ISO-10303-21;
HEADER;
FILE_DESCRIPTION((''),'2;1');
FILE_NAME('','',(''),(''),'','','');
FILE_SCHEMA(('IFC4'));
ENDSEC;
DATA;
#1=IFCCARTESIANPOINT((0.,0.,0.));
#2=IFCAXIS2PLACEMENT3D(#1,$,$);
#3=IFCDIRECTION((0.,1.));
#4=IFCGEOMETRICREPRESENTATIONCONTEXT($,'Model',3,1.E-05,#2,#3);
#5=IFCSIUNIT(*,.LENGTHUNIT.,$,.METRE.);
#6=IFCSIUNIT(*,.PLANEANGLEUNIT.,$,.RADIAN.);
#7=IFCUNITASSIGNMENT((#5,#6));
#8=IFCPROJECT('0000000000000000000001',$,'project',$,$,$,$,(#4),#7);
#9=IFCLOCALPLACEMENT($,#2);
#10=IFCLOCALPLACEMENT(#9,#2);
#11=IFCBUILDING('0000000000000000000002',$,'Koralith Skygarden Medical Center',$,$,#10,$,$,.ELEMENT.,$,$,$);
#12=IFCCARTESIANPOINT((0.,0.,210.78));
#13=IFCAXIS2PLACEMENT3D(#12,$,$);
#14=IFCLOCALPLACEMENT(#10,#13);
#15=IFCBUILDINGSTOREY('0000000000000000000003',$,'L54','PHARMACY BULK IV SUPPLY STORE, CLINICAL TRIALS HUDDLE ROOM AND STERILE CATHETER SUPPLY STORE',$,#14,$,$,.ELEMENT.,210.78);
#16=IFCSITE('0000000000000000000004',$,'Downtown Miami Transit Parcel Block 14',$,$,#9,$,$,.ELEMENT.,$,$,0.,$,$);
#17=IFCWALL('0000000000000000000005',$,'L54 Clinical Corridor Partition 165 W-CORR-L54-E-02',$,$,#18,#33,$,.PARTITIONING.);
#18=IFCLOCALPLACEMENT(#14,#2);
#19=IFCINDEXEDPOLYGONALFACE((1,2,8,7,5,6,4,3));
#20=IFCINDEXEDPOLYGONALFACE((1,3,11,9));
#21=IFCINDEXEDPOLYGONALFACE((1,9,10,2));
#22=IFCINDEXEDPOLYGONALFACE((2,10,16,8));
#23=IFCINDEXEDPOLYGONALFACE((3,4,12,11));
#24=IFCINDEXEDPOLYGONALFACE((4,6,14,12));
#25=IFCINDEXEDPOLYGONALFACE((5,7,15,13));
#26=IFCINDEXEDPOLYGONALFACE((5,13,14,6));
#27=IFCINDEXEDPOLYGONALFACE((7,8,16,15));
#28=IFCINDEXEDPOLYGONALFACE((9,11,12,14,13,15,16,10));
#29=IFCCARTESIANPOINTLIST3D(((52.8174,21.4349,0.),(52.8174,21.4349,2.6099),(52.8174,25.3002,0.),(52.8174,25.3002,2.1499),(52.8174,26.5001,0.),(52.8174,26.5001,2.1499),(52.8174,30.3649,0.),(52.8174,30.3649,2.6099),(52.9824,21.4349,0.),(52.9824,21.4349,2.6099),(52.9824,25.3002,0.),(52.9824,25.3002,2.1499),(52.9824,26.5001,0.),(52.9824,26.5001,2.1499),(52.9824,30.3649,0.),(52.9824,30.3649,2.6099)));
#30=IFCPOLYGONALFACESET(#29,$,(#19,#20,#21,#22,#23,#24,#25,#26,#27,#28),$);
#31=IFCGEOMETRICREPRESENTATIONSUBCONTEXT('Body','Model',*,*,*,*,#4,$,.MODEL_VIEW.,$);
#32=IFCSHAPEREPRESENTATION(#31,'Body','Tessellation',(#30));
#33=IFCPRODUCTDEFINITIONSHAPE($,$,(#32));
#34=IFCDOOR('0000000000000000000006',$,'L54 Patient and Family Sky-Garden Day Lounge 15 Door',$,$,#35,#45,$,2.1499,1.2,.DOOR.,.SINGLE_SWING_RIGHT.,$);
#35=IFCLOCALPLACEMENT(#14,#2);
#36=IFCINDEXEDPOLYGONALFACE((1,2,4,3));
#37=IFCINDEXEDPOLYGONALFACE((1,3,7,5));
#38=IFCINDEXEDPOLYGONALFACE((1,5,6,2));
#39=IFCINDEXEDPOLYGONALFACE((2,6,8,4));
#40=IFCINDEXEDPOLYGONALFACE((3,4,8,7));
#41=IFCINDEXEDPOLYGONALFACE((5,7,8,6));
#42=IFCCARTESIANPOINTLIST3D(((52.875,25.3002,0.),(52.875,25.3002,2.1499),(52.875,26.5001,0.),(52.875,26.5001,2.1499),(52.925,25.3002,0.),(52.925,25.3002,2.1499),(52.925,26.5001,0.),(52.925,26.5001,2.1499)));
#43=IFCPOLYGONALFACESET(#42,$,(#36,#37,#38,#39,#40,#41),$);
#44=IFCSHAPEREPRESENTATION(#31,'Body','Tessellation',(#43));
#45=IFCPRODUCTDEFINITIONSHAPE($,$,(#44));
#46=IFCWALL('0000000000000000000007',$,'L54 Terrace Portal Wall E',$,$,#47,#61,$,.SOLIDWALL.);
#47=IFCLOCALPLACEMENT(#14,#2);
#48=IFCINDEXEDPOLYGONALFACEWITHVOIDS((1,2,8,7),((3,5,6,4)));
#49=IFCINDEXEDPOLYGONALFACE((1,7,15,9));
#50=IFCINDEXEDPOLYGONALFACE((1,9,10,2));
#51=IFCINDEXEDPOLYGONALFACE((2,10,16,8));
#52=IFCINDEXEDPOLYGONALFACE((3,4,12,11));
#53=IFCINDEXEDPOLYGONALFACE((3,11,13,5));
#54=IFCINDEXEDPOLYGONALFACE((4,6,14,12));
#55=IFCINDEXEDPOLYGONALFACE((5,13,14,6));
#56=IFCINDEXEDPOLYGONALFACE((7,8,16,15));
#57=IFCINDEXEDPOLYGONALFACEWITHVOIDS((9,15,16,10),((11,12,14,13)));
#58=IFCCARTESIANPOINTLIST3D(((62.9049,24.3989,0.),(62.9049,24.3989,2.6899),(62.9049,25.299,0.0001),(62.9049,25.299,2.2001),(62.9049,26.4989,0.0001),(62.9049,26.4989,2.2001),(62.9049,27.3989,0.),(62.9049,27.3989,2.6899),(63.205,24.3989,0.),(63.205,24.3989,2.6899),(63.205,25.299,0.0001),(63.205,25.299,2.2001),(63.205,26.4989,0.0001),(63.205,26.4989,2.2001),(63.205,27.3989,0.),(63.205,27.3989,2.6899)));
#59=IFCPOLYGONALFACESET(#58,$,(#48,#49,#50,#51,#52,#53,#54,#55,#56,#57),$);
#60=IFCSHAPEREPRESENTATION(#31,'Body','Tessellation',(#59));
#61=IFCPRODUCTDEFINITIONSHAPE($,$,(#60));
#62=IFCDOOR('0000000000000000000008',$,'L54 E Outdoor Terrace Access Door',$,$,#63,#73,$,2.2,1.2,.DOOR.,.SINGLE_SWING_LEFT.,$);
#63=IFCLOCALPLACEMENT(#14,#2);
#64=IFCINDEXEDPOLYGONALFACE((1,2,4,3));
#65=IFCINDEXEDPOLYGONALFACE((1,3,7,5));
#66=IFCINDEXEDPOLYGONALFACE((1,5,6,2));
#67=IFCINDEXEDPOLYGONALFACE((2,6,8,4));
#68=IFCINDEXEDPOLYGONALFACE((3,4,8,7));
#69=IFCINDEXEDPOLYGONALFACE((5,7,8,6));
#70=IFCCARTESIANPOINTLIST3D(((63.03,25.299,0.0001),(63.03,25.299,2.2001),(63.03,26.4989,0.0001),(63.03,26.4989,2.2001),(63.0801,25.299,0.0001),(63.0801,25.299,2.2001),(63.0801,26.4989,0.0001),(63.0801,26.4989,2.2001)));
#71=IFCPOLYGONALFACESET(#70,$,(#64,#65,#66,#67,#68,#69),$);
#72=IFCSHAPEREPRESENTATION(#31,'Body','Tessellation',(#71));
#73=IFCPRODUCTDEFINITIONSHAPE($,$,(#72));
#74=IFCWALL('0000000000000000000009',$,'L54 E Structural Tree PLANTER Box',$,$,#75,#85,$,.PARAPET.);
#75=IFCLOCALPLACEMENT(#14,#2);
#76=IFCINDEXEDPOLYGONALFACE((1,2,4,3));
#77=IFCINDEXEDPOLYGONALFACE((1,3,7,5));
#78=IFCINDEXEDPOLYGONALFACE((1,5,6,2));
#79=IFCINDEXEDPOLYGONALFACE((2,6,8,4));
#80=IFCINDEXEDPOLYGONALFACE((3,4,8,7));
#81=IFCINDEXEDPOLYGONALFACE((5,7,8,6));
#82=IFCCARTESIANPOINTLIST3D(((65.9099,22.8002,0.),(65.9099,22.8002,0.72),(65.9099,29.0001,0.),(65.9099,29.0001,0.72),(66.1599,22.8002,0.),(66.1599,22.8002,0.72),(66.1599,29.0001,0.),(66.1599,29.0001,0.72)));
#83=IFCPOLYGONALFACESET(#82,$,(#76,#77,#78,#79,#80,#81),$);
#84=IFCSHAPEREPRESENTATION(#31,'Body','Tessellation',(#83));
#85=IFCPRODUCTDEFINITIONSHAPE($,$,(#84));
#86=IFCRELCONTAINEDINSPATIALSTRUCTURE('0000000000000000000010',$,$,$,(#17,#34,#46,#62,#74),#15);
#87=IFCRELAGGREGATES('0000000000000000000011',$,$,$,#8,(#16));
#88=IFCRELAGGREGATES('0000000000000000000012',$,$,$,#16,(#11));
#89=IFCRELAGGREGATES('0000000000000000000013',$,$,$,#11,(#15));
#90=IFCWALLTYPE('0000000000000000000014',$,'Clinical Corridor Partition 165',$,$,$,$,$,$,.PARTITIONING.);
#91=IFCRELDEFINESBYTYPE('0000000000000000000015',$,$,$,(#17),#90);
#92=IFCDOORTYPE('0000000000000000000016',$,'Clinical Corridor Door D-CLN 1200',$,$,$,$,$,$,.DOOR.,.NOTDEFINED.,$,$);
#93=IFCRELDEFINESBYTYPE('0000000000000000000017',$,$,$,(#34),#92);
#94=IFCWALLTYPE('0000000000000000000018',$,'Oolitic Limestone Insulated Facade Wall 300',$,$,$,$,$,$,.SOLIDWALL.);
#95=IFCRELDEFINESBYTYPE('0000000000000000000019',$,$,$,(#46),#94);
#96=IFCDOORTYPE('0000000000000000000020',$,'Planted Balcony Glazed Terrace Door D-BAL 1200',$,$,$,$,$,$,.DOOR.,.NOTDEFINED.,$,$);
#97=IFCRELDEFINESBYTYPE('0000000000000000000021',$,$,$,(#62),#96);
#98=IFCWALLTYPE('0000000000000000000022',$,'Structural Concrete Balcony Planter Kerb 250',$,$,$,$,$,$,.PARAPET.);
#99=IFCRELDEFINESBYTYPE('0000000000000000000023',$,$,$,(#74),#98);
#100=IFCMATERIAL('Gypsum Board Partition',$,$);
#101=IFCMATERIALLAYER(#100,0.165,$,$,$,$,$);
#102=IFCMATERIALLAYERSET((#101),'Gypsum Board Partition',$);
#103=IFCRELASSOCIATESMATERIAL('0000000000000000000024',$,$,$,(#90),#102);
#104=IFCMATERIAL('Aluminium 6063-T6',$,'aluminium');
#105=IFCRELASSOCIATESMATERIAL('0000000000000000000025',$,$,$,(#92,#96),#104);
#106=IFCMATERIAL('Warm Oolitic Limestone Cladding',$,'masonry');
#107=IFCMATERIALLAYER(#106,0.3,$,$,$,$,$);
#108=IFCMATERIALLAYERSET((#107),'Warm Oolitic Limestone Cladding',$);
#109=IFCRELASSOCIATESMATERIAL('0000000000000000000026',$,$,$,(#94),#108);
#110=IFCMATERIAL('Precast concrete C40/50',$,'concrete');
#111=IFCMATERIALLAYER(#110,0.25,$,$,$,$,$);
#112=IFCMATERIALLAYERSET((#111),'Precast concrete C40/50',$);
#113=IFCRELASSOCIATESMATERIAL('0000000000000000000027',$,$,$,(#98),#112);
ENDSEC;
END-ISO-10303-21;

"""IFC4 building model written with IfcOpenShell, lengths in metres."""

from ifc_helpers import new_model, si_unit, direction, frame, frame_2d, origin, place, context, subcontext, project, spatial, rectangle, extrude, material, layer, layer_set, type_object, element, fill, save


model = new_model("IFC4")

# Units and contexts
model_context = context("Model", 3, precision=1e-05, world=origin(), true_north=direction((0.0, 1.0)))
body_context = subcontext(model_context, "Body", "Model", "MODEL_VIEW")
ifc_project = project(units=[si_unit("LENGTHUNIT", "METRE"), si_unit("PLANEANGLEUNIT", "RADIAN")], contexts=[model_context])

# Site, building, storey
site_placement = place(None, origin())
site = spatial("IfcSite", under=ifc_project, at=site_placement, Name="Downtown Miami Transit Parcel Block 14", CompositionType="ELEMENT", RefElevation=0.0)
building_placement = place(site_placement, origin())
building = spatial("IfcBuilding", under=site, at=building_placement, Name="Koralith Skygarden Medical Center", CompositionType="ELEMENT")
storey_placement = place(building_placement, frame((0.0, 0.0, 210.78)))
storey = spatial("IfcBuildingStorey", under=building, at=storey_placement, Name="L54", Description="PHARMACY BULK IV SUPPLY STORE, CLINICAL TRIALS HUDDLE ROOM AND STERILE CATHETER SUPPLY STORE", CompositionType="ELEMENT", Elevation=210.78)

# Shared definitions
ifc_material_1 = material(Name="Aluminium 6063-T6", Category="aluminium")

# Shared definitions
ifc_material_2 = material(Name="Gypsum Board Partition")
ifc_layer_1 = layer(ifc_material_2, 0.165)
ifc_layer_set_1 = layer_set([ifc_layer_1], Name="Gypsum Board Partition")
wall_type_1 = type_object("IfcWallType", Name="Clinical Corridor Partition 165", PredefinedType="PARTITIONING", material=ifc_layer_set_1)

# Walls, openings, doors
door_type_1 = type_object("IfcDoorType", Name="Clinical Corridor Door D-CLN 1200", OperationType="NOTDEFINED", PredefinedType="DOOR", material=ifc_material_1)
wall_1_placement = place(storey_placement, frame((52.8999, 21.4351, 0.0), z_axis=(0.0, 0.0, 1.0), x_axis=(0.0, 1.0, 0.0)))
wall_1 = element("IfcWall", 1, at=wall_1_placement, inside=storey, type_object=wall_type_1, Name="L54 Clinical Corridor Partition 165 W-CORR-L54-E-02", PredefinedType="PARTITIONING", context=body_context, shape_type="SweptSolid", body=[
    extrude(rectangle(XDim=8.9299, YDim=0.165, at=frame_2d((4.4648, 0.0))), origin(), (0.0, 0.0, 1.0), 2.6099),
])
opening_1_placement = place(wall_1_placement, frame((3.865, 0.0, 0.0)))
opening_1 = element("IfcOpeningElement", 2, at=opening_1_placement, cuts=wall_1, PredefinedType="OPENING", context=body_context, shape_type="SweptSolid", body=[
    extrude(rectangle(XDim=1.2, YDim=2.1499, at=frame_2d((0.6001, 1.075))), frame((0.0, 0.0925, 0.0), z_axis=(0.0, -1.0, 0.0), x_axis=(1.0, 0.0, 0.0)), (0.0, 0.0, 1.0), 0.1851),
])
door_1_placement = place(opening_1_placement, origin())
door_1 = element("IfcDoor", 3, at=door_1_placement, inside=storey, type_object=door_type_1, Name="L54 Patient and Family Sky-Garden Day Lounge 15 Door", OperationType="SINGLE_SWING_RIGHT", OverallHeight=2.1499, OverallWidth=1.2, PredefinedType="DOOR", context=body_context, shape_type="SweptSolid", body=[
    extrude(rectangle(XDim=1.2, YDim=2.1499, at=frame_2d((0.6001, 1.075))), frame((0.0, 0.0249, 0.0), z_axis=(0.0, -1.0, 0.0), x_axis=(1.0, 0.0, 0.0)), (0.0, 0.0, 1.0), 0.05),
])
fill(opening_1, door_1)
ifc_material_3 = material(Name="Warm Oolitic Limestone Cladding", Category="masonry")
ifc_layer_2 = layer(ifc_material_3, 0.3)
ifc_layer_set_2 = layer_set([ifc_layer_2], Name="Warm Oolitic Limestone Cladding")
wall_type_2 = type_object("IfcWallType", Name="Oolitic Limestone Insulated Facade Wall 300", PredefinedType="SOLIDWALL", material=ifc_layer_set_2)
wall_2_placement = place(storey_placement, frame((63.0549, 24.3989, 0.0), z_axis=(0.0, 0.0, 1.0), x_axis=(0.0, 1.0, 0.0)))
wall_2 = element("IfcWall", 4, at=wall_2_placement, inside=storey, type_object=wall_type_2, Name="L54 Terrace Portal Wall E", PredefinedType="SOLIDWALL", context=body_context, shape_type="SweptSolid", body=[
    extrude(rectangle(XDim=3.0, YDim=0.3, at=frame_2d((1.5, 0.0))), origin(), (0.0, 0.0, 1.0), 2.6899),
])
opening_2_placement = place(wall_2_placement, frame((0.8999, 0.0, 0.0)))
opening_2 = element("IfcOpeningElement", 5, at=opening_2_placement, cuts=wall_2, PredefinedType="OPENING", context=body_context, shape_type="SweptSolid", body=[
    extrude(rectangle(XDim=1.2, YDim=2.2, at=frame_2d((0.6001, 1.1001))), frame((0.0, 0.1599, 0.0), z_axis=(0.0, -1.0, 0.0), x_axis=(1.0, 0.0, 0.0)), (0.0, 0.0, 1.0), 0.3201),
])
door_type_2 = type_object("IfcDoorType", Name="Planted Balcony Glazed Terrace Door D-BAL 1200", OperationType="NOTDEFINED", PredefinedType="DOOR", material=ifc_material_1)
door_2_placement = place(opening_2_placement, origin())
door_2 = element("IfcDoor", 6, at=door_2_placement, inside=storey, type_object=door_type_2, Name="L54 E Outdoor Terrace Access Door", OperationType="SINGLE_SWING_LEFT", OverallHeight=2.2, OverallWidth=1.2, PredefinedType="DOOR", context=body_context, shape_type="SweptSolid", body=[
    extrude(rectangle(XDim=1.2, YDim=2.2, at=frame_2d((0.6001, 1.1001))), frame((0.0, 0.0249, 0.0), z_axis=(0.0, -1.0, 0.0), x_axis=(1.0, 0.0, 0.0)), (0.0, 0.0, 1.0), 0.05),
])
fill(opening_2, door_2)

# Wall
ifc_material_4 = material(Name="Precast concrete C40/50", Category="concrete")
ifc_layer_3 = layer(ifc_material_4, 0.25)
ifc_layer_set_3 = layer_set([ifc_layer_3], Name="Precast concrete C40/50")
wall_type_3 = type_object("IfcWallType", Name="Structural Concrete Balcony Planter Kerb 250", PredefinedType="PARAPET", material=ifc_layer_set_3)
wall_3_placement = place(storey_placement, frame((66.0349, 22.8, 0.0), z_axis=(0.0, 0.0, 1.0), x_axis=(0.0, 1.0, 0.0)))
element("IfcWall", 7, at=wall_3_placement, inside=storey, type_object=wall_type_3, Name="L54 E Structural Tree PLANTER Box", PredefinedType="PARAPET", context=body_context, shape_type="SweptSolid", body=[
    extrude(rectangle(XDim=6.2, YDim=0.25, at=frame_2d((3.1001, 0.0))), origin(), (0.0, 0.0, 1.0), 0.72),
])

save(model, "model.ifc")
